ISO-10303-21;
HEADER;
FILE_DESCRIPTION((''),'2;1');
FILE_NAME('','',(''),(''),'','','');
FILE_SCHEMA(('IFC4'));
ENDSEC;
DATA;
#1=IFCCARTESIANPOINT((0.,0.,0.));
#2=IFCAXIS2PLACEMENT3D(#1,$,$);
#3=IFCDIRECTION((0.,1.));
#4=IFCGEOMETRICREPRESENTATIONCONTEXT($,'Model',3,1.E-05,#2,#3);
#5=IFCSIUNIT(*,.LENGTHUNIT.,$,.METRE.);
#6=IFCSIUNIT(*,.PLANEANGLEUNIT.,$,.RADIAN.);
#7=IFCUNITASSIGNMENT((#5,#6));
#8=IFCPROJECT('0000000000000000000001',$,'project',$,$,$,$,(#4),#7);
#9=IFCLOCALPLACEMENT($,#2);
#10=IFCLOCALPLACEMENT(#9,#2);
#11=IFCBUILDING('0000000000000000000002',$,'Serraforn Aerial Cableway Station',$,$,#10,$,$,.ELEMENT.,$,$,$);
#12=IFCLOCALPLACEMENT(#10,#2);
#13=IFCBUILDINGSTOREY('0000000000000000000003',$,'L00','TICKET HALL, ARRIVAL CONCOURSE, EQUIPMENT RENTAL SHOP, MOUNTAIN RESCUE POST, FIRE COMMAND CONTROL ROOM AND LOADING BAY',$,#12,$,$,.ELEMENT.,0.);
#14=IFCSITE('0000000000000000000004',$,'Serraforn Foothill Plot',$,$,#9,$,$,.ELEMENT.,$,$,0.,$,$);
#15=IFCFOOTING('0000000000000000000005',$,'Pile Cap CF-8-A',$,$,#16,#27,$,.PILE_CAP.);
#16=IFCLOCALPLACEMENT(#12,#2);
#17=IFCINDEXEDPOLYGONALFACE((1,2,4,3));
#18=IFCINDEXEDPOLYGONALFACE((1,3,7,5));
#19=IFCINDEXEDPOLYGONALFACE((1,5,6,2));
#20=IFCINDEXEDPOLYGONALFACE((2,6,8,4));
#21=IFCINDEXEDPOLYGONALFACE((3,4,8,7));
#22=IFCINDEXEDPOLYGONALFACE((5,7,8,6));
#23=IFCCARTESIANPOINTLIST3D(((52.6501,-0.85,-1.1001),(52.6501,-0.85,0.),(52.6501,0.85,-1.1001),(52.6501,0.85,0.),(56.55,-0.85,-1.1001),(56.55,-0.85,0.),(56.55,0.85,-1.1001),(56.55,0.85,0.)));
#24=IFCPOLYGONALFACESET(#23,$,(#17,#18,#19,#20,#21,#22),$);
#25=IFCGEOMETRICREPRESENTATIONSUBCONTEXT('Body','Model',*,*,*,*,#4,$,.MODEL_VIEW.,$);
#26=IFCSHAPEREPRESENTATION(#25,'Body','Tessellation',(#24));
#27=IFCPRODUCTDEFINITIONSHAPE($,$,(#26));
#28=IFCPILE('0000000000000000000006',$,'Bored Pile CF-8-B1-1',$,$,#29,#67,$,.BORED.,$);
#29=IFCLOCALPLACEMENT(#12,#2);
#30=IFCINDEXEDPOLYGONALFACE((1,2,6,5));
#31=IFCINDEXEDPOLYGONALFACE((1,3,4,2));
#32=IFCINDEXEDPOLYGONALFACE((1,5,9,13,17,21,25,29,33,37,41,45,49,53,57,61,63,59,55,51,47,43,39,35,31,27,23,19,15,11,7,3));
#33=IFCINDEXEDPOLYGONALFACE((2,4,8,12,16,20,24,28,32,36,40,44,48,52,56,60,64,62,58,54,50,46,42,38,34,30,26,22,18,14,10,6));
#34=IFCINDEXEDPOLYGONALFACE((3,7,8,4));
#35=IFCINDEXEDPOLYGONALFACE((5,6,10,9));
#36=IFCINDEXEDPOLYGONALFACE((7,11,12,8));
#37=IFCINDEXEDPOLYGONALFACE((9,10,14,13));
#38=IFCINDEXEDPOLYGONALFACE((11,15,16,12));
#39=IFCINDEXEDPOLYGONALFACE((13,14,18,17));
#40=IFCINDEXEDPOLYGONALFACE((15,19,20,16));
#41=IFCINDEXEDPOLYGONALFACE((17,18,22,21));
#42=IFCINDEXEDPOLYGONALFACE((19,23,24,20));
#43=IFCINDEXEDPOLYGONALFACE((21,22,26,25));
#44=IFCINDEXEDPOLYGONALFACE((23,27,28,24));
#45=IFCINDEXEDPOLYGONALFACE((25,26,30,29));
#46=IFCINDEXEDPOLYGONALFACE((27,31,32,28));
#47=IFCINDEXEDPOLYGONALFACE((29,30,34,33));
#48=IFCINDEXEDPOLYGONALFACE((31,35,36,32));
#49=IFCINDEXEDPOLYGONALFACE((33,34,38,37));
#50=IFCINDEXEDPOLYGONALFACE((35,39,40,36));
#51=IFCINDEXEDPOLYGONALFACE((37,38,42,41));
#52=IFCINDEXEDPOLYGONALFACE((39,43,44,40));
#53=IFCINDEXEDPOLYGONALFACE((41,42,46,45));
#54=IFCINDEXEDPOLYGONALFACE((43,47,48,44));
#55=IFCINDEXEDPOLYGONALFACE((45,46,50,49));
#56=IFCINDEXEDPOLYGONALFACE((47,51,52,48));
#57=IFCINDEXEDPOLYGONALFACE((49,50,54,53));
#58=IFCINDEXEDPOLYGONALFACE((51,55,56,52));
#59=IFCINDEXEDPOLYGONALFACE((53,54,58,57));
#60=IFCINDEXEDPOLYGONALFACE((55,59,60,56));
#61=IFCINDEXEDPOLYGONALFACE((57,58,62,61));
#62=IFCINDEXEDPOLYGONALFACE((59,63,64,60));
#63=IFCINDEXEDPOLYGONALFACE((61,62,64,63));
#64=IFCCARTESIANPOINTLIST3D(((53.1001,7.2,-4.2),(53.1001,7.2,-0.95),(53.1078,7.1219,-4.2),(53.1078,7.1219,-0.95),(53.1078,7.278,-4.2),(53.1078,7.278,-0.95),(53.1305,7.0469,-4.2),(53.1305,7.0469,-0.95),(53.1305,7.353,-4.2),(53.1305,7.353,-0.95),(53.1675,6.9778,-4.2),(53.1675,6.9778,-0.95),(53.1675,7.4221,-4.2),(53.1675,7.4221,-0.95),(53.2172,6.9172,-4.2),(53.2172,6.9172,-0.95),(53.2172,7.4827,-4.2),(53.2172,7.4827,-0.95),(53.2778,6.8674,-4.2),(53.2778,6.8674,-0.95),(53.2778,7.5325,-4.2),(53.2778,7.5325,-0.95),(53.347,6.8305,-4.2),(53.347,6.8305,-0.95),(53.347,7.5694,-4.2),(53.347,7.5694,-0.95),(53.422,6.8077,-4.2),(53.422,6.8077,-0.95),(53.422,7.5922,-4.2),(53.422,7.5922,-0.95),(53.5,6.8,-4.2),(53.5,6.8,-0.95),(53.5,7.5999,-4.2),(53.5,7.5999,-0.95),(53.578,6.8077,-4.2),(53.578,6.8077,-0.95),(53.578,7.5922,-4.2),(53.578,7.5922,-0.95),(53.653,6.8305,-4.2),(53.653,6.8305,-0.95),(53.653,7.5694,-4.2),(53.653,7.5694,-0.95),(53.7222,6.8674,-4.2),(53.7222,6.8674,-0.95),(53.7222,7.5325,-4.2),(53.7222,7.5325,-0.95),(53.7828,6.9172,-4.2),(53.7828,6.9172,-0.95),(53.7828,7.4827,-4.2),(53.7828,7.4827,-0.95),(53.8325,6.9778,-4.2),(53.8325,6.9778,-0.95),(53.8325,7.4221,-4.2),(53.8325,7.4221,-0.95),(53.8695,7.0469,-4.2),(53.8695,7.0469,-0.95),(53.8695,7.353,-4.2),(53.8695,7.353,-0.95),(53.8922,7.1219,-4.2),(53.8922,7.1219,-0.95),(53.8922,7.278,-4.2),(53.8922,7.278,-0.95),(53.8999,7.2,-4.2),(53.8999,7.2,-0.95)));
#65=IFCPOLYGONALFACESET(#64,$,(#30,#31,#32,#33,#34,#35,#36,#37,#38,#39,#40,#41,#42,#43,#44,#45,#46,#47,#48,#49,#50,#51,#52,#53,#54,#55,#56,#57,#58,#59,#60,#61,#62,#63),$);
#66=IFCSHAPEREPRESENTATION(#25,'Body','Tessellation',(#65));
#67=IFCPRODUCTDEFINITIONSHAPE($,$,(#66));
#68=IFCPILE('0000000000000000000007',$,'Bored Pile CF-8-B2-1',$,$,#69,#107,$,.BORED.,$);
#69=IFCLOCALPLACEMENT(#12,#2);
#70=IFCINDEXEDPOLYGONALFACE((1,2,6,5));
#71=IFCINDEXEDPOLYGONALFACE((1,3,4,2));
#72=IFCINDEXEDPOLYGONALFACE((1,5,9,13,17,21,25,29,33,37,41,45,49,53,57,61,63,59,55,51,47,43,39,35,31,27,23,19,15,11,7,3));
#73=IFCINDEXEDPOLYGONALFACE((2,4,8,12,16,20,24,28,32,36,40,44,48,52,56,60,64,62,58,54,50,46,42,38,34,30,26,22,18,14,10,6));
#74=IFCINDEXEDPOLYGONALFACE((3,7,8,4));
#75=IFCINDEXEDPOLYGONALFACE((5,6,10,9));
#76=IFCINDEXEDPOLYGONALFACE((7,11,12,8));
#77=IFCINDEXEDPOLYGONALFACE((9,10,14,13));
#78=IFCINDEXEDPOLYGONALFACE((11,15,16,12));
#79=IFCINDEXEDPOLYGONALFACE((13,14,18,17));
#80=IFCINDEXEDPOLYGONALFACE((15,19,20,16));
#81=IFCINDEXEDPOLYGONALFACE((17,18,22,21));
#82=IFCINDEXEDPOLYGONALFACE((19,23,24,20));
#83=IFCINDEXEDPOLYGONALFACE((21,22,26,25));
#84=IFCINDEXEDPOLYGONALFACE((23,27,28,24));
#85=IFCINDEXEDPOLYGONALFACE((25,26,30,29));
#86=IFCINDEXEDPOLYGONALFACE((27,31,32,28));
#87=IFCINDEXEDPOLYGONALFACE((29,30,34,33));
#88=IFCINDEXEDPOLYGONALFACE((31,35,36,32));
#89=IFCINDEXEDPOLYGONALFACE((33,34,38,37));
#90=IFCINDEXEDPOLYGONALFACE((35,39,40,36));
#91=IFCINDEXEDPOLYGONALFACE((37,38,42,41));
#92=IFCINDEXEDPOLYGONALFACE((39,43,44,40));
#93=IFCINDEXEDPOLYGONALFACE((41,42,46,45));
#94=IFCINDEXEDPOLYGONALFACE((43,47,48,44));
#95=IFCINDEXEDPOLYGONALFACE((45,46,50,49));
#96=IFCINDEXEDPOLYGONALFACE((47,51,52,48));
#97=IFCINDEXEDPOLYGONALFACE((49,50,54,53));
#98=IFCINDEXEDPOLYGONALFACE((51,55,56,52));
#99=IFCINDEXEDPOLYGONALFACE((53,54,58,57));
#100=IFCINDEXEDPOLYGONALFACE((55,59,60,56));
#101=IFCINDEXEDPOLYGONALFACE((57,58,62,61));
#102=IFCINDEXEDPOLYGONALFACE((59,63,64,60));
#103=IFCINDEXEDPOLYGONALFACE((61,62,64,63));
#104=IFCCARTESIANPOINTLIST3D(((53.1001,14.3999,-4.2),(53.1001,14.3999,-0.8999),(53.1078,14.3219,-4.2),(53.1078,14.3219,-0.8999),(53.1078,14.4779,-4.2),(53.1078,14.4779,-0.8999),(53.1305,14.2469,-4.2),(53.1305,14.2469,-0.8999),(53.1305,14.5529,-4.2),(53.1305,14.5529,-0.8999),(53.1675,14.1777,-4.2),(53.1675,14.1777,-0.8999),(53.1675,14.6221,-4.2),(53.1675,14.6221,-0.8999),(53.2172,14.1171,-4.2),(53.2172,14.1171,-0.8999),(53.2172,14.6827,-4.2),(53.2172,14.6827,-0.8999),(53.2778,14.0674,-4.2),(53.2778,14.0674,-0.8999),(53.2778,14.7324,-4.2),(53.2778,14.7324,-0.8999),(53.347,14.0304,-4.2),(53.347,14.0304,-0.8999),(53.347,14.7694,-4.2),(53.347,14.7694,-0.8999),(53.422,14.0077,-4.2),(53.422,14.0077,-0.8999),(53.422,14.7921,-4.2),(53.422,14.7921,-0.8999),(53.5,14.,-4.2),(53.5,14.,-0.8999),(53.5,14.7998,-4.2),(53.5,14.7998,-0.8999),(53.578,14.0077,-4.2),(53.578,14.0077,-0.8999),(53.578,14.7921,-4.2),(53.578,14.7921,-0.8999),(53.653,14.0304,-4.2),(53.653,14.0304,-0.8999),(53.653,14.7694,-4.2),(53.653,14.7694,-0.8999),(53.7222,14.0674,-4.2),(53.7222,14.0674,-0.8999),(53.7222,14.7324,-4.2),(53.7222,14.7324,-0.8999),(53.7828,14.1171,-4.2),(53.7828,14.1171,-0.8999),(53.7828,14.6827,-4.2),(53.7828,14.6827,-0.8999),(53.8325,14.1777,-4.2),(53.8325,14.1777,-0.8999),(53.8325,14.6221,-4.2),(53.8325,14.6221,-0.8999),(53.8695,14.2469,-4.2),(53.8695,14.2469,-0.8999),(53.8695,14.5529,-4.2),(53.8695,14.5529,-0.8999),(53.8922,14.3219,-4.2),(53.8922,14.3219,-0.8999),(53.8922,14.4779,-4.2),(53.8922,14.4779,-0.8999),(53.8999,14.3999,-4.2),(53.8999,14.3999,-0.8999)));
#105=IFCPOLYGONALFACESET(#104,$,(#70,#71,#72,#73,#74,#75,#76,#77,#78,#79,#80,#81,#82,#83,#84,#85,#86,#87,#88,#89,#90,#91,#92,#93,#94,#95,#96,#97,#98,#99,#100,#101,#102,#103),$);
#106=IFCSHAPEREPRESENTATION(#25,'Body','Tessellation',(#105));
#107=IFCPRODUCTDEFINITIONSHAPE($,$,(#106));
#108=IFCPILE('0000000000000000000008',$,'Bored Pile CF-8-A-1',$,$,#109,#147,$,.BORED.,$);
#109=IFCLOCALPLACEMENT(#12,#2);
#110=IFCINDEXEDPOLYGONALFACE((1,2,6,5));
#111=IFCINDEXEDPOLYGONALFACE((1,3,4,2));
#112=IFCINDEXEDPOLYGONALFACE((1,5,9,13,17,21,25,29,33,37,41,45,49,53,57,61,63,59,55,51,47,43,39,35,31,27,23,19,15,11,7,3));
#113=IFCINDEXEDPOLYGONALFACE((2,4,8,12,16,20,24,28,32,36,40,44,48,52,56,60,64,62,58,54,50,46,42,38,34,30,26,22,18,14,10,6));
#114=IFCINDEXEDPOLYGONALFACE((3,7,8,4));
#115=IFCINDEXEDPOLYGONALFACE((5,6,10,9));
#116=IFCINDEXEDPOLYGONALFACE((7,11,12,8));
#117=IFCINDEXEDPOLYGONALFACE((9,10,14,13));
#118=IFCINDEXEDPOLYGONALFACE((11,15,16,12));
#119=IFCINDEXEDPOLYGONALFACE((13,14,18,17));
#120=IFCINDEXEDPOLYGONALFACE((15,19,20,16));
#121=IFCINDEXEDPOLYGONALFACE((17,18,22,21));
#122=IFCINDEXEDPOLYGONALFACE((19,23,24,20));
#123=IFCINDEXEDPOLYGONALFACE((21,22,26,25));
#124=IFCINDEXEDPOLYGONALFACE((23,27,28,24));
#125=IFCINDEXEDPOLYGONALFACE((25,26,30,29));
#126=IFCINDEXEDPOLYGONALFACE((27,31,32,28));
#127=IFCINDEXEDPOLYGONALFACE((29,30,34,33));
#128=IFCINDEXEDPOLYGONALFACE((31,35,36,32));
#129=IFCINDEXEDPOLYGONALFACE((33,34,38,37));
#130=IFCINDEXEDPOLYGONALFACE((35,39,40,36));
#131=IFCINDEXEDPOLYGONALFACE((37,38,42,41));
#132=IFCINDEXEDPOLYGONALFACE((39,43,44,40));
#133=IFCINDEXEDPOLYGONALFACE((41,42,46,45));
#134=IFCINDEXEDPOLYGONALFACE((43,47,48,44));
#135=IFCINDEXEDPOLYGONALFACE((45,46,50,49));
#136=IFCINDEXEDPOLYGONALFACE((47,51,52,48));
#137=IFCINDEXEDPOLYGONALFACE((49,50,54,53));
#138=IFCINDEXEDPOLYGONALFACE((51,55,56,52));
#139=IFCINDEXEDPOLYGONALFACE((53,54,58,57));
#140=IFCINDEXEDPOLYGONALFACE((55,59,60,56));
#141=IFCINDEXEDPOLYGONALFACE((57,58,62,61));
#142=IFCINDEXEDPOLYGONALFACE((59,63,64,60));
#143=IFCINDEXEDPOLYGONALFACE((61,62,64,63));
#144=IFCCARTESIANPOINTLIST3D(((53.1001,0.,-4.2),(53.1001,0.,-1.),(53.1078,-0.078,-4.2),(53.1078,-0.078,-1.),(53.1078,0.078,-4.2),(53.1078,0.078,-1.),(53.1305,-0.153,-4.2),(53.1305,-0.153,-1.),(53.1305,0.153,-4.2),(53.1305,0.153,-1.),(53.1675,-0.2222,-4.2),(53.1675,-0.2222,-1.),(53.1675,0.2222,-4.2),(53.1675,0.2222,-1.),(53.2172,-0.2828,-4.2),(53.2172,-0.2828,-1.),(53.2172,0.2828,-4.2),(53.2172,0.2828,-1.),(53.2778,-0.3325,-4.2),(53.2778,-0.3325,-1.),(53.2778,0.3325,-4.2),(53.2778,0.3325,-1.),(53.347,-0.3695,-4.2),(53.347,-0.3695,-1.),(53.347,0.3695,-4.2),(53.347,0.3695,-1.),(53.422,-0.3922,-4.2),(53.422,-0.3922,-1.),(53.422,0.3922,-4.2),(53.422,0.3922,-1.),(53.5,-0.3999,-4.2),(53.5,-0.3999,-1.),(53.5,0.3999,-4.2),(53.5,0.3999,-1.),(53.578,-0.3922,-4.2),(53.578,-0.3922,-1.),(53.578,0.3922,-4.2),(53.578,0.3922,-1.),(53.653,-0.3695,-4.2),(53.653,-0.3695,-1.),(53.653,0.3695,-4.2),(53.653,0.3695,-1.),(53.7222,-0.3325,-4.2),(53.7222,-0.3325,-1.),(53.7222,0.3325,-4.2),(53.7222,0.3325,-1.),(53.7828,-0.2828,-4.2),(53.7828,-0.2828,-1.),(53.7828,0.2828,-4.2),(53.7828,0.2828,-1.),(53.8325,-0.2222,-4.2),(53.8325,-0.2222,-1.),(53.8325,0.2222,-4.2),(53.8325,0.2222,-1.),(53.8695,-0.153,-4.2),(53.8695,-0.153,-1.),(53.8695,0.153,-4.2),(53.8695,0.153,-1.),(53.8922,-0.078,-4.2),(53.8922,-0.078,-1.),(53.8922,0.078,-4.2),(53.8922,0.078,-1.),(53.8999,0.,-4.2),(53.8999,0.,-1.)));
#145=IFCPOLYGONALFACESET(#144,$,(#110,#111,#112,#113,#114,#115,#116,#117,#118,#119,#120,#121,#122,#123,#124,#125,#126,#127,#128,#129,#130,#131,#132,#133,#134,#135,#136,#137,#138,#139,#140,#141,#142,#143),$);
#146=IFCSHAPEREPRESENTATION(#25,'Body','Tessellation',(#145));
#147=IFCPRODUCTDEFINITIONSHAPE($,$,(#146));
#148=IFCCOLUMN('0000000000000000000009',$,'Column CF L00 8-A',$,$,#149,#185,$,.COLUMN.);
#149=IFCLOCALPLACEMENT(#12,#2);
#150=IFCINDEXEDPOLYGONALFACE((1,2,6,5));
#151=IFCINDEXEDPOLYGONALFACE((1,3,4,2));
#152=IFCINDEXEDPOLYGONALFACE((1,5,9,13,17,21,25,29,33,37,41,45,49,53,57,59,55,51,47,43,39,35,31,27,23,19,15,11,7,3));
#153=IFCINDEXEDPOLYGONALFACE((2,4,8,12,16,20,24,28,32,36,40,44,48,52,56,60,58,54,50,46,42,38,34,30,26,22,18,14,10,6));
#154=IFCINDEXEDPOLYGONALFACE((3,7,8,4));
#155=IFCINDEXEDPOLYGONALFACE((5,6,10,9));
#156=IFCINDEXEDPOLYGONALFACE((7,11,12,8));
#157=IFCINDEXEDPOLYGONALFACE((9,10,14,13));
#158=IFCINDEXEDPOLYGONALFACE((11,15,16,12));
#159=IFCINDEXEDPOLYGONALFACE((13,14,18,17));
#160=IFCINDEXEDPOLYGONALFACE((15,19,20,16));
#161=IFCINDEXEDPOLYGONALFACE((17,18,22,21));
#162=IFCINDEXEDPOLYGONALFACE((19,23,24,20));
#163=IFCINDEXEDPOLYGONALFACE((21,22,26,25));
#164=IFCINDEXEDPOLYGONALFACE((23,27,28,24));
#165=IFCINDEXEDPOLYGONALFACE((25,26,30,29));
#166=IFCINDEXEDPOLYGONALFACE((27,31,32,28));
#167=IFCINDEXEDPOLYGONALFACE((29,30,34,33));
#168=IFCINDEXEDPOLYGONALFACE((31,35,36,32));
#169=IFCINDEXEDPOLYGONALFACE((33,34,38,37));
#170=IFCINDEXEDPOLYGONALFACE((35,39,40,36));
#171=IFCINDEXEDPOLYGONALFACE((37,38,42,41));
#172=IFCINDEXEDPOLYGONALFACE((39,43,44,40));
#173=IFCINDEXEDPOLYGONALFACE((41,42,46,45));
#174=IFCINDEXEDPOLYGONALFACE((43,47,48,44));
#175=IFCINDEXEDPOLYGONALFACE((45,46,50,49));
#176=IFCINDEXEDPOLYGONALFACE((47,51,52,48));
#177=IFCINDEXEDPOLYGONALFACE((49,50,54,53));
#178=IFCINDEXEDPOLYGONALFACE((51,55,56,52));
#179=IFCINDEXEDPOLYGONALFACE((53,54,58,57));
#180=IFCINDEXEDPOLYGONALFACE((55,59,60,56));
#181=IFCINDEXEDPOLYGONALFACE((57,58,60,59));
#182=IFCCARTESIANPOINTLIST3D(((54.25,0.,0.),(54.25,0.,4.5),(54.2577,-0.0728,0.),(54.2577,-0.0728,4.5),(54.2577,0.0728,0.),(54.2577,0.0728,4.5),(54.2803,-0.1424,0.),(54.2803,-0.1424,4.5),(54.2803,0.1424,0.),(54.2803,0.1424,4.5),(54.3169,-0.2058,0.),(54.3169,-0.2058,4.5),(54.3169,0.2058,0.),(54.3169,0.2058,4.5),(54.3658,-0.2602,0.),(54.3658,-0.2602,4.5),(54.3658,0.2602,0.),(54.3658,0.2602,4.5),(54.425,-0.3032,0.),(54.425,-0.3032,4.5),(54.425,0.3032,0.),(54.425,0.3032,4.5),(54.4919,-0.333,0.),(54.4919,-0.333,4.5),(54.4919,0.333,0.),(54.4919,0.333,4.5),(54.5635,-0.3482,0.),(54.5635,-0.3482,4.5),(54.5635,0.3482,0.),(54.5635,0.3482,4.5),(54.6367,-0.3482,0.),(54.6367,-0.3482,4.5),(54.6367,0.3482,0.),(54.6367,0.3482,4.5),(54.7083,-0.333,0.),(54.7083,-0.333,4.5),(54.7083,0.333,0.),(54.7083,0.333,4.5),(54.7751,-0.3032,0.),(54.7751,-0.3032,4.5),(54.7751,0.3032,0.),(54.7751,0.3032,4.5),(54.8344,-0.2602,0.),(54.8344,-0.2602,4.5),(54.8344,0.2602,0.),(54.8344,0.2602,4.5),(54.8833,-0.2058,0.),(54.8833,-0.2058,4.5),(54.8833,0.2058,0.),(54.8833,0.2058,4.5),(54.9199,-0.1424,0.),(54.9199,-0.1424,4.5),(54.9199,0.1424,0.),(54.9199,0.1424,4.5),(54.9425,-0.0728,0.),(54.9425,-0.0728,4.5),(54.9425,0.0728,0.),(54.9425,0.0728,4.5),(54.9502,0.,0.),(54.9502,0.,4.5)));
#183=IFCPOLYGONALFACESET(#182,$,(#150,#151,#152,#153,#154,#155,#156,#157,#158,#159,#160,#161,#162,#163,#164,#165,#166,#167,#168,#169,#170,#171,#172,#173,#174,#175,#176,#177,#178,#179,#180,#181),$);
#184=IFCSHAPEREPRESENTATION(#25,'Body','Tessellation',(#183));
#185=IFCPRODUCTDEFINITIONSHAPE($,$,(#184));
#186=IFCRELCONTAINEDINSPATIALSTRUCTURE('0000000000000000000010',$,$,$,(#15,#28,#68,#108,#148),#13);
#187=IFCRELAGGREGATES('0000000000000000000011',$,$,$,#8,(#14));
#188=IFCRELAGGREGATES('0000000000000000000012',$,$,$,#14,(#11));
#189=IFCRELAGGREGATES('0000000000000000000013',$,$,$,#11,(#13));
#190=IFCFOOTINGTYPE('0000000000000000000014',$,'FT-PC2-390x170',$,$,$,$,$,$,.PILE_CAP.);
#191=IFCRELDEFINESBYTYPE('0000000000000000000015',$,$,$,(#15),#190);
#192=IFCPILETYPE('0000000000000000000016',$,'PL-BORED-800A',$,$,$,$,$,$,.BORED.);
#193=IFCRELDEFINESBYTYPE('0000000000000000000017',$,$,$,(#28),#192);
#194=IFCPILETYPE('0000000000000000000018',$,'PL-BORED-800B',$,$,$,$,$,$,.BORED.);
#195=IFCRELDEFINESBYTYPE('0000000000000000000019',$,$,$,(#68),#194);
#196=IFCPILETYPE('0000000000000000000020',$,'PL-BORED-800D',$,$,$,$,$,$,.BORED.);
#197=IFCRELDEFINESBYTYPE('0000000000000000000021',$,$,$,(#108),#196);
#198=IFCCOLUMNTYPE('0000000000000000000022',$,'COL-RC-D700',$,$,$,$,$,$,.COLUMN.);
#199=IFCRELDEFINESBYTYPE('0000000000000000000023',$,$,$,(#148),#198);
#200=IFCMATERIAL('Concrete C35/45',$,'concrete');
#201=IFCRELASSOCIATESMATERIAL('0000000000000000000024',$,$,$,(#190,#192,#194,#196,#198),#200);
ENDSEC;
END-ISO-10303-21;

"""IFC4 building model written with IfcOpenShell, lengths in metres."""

from ifc_helpers import new_model, si_unit, direction, frame, origin, origin_2d, place, context, subcontext, project, spatial, rectangle, circle, extrude, material, material_profile, profile_set, type_object, element, save


model = new_model("IFC4")

# Units and contexts
model_context = context("Model", 3, precision=1e-05, world=origin(), true_north=direction((0.0, 1.0)))
body_context = subcontext(model_context, "Body", "Model", "MODEL_VIEW")
ifc_project = project(units=[si_unit("LENGTHUNIT", "METRE"), si_unit("PLANEANGLEUNIT", "RADIAN")], contexts=[model_context])

# Site, building, storey
site_placement = place(None, origin())
site = spatial("IfcSite", under=ifc_project, at=site_placement, Name="Serraforn Foothill Plot", CompositionType="ELEMENT", RefElevation=0.0)
building_placement = place(site_placement, origin())
building = spatial("IfcBuilding", under=site, at=building_placement, Name="Serraforn Aerial Cableway Station", CompositionType="ELEMENT")
storey_placement = place(building_placement, origin())
storey = spatial("IfcBuildingStorey", under=building, at=storey_placement, Name="L00", Description="TICKET HALL, ARRIVAL CONCOURSE, EQUIPMENT RENTAL SHOP, MOUNTAIN RESCUE POST, FIRE COMMAND CONTROL ROOM AND LOADING BAY", CompositionType="ELEMENT", Elevation=0.0)

# Footing
ifc_material_1 = material(Name="Concrete C35/45", Category="concrete")
footing_type = type_object("IfcFootingType", Name="FT-PC2-390x170", PredefinedType="PILE_CAP", material=ifc_material_1)
footing_placement = place(storey_placement, frame((54.6001, 0.0, -1.1001), z_axis=(0.0, 0.0, 1.0), x_axis=(1.0, 0.0, 0.0)))
element("IfcFooting", 1, at=footing_placement, inside=storey, type_object=footing_type, Name="Pile Cap CF-8-A", PredefinedType="PILE_CAP", context=body_context, shape_type="SweptSolid", body=[
    extrude(rectangle(XDim=3.8999, YDim=1.7, at=origin_2d()), origin(), (0.0, 0.0, 1.0), 1.1001),
])

# Piles
ifc_material_profile_1 = material_profile(ifc_material_1, circle(Radius=0.3999, at=origin_2d()), Name="BORED PILE D800")
ifc_profile_set_1 = profile_set([ifc_material_profile_1], Name="Concrete C35/45")
pile_type_1 = type_object("IfcPileType", Name="PL-BORED-800A", PredefinedType="BORED", material=ifc_profile_set_1)
pile_1_placement = place(storey_placement, frame((53.5, 7.2, -0.95), z_axis=(0.0, 0.0, -1.0), x_axis=(1.0, 0.0, 0.0)))
element("IfcPile", 2, at=pile_1_placement, inside=storey, type_object=pile_type_1, Name="Bored Pile CF-8-B1-1", PredefinedType="BORED", context=body_context, shape_type="SweptSolid", body=[
    extrude(circle(Radius=0.3999, at=origin_2d()), origin(), (0.0, 0.0, 1.0), 3.25),
])
ifc_material_profile_2 = material_profile(ifc_material_1, circle(Radius=0.3999, at=origin_2d()), Name="BORED PILE D800")
ifc_profile_set_2 = profile_set([ifc_material_profile_2], Name="Concrete C35/45")
pile_type_2 = type_object("IfcPileType", Name="PL-BORED-800B", PredefinedType="BORED", material=ifc_profile_set_2)
pile_2_placement = place(storey_placement, frame((53.5, 14.3999, -0.8999), z_axis=(0.0, 0.0, -1.0), x_axis=(1.0, 0.0, 0.0)))
element("IfcPile", 3, at=pile_2_placement, inside=storey, type_object=pile_type_2, Name="Bored Pile CF-8-B2-1", PredefinedType="BORED", context=body_context, shape_type="SweptSolid", body=[
    extrude(circle(Radius=0.3999, at=origin_2d()), origin(), (0.0, 0.0, 1.0), 3.3),
])
ifc_material_profile_3 = material_profile(ifc_material_1, circle(Radius=0.3999, at=origin_2d()), Name="BORED PILE D800")
ifc_profile_set_3 = profile_set([ifc_material_profile_3], Name="Concrete C35/45")
pile_type_3 = type_object("IfcPileType", Name="PL-BORED-800D", PredefinedType="BORED", material=ifc_profile_set_3)
pile_3_placement = place(storey_placement, frame((53.5, 0.0, -1.0), z_axis=(0.0, 0.0, -1.0), x_axis=(1.0, 0.0, 0.0)))
element("IfcPile", 4, at=pile_3_placement, inside=storey, type_object=pile_type_3, Name="Bored Pile CF-8-A-1", PredefinedType="BORED", context=body_context, shape_type="SweptSolid", body=[
    extrude(circle(Radius=0.3999, at=origin_2d()), origin(), (0.0, 0.0, 1.0), 3.2),
])

# Column
ifc_material_profile_4 = material_profile(ifc_material_1, circle(Radius=0.3501, at=origin_2d()), Name="RC D700")
ifc_profile_set_4 = profile_set([ifc_material_profile_4], Name="Concrete C35/45")
column_type = type_object("IfcColumnType", Name="COL-RC-D700", PredefinedType="COLUMN", material=ifc_profile_set_4)
column_placement = place(storey_placement, frame((54.6001, 0.0, 0.0), z_axis=(0.0, 0.0, 1.0), x_axis=(1.0, 0.0, 0.0)))
element("IfcColumn", 5, at=column_placement, inside=storey, type_object=column_type, Name="Column CF L00 8-A", PredefinedType="COLUMN", context=body_context, shape_type="SweptSolid", body=[
    extrude(circle(Radius=0.3501, at=origin_2d()), origin(), (0.0, 0.0, 1.0), 4.5),
])

save(model, "model.ifc")
